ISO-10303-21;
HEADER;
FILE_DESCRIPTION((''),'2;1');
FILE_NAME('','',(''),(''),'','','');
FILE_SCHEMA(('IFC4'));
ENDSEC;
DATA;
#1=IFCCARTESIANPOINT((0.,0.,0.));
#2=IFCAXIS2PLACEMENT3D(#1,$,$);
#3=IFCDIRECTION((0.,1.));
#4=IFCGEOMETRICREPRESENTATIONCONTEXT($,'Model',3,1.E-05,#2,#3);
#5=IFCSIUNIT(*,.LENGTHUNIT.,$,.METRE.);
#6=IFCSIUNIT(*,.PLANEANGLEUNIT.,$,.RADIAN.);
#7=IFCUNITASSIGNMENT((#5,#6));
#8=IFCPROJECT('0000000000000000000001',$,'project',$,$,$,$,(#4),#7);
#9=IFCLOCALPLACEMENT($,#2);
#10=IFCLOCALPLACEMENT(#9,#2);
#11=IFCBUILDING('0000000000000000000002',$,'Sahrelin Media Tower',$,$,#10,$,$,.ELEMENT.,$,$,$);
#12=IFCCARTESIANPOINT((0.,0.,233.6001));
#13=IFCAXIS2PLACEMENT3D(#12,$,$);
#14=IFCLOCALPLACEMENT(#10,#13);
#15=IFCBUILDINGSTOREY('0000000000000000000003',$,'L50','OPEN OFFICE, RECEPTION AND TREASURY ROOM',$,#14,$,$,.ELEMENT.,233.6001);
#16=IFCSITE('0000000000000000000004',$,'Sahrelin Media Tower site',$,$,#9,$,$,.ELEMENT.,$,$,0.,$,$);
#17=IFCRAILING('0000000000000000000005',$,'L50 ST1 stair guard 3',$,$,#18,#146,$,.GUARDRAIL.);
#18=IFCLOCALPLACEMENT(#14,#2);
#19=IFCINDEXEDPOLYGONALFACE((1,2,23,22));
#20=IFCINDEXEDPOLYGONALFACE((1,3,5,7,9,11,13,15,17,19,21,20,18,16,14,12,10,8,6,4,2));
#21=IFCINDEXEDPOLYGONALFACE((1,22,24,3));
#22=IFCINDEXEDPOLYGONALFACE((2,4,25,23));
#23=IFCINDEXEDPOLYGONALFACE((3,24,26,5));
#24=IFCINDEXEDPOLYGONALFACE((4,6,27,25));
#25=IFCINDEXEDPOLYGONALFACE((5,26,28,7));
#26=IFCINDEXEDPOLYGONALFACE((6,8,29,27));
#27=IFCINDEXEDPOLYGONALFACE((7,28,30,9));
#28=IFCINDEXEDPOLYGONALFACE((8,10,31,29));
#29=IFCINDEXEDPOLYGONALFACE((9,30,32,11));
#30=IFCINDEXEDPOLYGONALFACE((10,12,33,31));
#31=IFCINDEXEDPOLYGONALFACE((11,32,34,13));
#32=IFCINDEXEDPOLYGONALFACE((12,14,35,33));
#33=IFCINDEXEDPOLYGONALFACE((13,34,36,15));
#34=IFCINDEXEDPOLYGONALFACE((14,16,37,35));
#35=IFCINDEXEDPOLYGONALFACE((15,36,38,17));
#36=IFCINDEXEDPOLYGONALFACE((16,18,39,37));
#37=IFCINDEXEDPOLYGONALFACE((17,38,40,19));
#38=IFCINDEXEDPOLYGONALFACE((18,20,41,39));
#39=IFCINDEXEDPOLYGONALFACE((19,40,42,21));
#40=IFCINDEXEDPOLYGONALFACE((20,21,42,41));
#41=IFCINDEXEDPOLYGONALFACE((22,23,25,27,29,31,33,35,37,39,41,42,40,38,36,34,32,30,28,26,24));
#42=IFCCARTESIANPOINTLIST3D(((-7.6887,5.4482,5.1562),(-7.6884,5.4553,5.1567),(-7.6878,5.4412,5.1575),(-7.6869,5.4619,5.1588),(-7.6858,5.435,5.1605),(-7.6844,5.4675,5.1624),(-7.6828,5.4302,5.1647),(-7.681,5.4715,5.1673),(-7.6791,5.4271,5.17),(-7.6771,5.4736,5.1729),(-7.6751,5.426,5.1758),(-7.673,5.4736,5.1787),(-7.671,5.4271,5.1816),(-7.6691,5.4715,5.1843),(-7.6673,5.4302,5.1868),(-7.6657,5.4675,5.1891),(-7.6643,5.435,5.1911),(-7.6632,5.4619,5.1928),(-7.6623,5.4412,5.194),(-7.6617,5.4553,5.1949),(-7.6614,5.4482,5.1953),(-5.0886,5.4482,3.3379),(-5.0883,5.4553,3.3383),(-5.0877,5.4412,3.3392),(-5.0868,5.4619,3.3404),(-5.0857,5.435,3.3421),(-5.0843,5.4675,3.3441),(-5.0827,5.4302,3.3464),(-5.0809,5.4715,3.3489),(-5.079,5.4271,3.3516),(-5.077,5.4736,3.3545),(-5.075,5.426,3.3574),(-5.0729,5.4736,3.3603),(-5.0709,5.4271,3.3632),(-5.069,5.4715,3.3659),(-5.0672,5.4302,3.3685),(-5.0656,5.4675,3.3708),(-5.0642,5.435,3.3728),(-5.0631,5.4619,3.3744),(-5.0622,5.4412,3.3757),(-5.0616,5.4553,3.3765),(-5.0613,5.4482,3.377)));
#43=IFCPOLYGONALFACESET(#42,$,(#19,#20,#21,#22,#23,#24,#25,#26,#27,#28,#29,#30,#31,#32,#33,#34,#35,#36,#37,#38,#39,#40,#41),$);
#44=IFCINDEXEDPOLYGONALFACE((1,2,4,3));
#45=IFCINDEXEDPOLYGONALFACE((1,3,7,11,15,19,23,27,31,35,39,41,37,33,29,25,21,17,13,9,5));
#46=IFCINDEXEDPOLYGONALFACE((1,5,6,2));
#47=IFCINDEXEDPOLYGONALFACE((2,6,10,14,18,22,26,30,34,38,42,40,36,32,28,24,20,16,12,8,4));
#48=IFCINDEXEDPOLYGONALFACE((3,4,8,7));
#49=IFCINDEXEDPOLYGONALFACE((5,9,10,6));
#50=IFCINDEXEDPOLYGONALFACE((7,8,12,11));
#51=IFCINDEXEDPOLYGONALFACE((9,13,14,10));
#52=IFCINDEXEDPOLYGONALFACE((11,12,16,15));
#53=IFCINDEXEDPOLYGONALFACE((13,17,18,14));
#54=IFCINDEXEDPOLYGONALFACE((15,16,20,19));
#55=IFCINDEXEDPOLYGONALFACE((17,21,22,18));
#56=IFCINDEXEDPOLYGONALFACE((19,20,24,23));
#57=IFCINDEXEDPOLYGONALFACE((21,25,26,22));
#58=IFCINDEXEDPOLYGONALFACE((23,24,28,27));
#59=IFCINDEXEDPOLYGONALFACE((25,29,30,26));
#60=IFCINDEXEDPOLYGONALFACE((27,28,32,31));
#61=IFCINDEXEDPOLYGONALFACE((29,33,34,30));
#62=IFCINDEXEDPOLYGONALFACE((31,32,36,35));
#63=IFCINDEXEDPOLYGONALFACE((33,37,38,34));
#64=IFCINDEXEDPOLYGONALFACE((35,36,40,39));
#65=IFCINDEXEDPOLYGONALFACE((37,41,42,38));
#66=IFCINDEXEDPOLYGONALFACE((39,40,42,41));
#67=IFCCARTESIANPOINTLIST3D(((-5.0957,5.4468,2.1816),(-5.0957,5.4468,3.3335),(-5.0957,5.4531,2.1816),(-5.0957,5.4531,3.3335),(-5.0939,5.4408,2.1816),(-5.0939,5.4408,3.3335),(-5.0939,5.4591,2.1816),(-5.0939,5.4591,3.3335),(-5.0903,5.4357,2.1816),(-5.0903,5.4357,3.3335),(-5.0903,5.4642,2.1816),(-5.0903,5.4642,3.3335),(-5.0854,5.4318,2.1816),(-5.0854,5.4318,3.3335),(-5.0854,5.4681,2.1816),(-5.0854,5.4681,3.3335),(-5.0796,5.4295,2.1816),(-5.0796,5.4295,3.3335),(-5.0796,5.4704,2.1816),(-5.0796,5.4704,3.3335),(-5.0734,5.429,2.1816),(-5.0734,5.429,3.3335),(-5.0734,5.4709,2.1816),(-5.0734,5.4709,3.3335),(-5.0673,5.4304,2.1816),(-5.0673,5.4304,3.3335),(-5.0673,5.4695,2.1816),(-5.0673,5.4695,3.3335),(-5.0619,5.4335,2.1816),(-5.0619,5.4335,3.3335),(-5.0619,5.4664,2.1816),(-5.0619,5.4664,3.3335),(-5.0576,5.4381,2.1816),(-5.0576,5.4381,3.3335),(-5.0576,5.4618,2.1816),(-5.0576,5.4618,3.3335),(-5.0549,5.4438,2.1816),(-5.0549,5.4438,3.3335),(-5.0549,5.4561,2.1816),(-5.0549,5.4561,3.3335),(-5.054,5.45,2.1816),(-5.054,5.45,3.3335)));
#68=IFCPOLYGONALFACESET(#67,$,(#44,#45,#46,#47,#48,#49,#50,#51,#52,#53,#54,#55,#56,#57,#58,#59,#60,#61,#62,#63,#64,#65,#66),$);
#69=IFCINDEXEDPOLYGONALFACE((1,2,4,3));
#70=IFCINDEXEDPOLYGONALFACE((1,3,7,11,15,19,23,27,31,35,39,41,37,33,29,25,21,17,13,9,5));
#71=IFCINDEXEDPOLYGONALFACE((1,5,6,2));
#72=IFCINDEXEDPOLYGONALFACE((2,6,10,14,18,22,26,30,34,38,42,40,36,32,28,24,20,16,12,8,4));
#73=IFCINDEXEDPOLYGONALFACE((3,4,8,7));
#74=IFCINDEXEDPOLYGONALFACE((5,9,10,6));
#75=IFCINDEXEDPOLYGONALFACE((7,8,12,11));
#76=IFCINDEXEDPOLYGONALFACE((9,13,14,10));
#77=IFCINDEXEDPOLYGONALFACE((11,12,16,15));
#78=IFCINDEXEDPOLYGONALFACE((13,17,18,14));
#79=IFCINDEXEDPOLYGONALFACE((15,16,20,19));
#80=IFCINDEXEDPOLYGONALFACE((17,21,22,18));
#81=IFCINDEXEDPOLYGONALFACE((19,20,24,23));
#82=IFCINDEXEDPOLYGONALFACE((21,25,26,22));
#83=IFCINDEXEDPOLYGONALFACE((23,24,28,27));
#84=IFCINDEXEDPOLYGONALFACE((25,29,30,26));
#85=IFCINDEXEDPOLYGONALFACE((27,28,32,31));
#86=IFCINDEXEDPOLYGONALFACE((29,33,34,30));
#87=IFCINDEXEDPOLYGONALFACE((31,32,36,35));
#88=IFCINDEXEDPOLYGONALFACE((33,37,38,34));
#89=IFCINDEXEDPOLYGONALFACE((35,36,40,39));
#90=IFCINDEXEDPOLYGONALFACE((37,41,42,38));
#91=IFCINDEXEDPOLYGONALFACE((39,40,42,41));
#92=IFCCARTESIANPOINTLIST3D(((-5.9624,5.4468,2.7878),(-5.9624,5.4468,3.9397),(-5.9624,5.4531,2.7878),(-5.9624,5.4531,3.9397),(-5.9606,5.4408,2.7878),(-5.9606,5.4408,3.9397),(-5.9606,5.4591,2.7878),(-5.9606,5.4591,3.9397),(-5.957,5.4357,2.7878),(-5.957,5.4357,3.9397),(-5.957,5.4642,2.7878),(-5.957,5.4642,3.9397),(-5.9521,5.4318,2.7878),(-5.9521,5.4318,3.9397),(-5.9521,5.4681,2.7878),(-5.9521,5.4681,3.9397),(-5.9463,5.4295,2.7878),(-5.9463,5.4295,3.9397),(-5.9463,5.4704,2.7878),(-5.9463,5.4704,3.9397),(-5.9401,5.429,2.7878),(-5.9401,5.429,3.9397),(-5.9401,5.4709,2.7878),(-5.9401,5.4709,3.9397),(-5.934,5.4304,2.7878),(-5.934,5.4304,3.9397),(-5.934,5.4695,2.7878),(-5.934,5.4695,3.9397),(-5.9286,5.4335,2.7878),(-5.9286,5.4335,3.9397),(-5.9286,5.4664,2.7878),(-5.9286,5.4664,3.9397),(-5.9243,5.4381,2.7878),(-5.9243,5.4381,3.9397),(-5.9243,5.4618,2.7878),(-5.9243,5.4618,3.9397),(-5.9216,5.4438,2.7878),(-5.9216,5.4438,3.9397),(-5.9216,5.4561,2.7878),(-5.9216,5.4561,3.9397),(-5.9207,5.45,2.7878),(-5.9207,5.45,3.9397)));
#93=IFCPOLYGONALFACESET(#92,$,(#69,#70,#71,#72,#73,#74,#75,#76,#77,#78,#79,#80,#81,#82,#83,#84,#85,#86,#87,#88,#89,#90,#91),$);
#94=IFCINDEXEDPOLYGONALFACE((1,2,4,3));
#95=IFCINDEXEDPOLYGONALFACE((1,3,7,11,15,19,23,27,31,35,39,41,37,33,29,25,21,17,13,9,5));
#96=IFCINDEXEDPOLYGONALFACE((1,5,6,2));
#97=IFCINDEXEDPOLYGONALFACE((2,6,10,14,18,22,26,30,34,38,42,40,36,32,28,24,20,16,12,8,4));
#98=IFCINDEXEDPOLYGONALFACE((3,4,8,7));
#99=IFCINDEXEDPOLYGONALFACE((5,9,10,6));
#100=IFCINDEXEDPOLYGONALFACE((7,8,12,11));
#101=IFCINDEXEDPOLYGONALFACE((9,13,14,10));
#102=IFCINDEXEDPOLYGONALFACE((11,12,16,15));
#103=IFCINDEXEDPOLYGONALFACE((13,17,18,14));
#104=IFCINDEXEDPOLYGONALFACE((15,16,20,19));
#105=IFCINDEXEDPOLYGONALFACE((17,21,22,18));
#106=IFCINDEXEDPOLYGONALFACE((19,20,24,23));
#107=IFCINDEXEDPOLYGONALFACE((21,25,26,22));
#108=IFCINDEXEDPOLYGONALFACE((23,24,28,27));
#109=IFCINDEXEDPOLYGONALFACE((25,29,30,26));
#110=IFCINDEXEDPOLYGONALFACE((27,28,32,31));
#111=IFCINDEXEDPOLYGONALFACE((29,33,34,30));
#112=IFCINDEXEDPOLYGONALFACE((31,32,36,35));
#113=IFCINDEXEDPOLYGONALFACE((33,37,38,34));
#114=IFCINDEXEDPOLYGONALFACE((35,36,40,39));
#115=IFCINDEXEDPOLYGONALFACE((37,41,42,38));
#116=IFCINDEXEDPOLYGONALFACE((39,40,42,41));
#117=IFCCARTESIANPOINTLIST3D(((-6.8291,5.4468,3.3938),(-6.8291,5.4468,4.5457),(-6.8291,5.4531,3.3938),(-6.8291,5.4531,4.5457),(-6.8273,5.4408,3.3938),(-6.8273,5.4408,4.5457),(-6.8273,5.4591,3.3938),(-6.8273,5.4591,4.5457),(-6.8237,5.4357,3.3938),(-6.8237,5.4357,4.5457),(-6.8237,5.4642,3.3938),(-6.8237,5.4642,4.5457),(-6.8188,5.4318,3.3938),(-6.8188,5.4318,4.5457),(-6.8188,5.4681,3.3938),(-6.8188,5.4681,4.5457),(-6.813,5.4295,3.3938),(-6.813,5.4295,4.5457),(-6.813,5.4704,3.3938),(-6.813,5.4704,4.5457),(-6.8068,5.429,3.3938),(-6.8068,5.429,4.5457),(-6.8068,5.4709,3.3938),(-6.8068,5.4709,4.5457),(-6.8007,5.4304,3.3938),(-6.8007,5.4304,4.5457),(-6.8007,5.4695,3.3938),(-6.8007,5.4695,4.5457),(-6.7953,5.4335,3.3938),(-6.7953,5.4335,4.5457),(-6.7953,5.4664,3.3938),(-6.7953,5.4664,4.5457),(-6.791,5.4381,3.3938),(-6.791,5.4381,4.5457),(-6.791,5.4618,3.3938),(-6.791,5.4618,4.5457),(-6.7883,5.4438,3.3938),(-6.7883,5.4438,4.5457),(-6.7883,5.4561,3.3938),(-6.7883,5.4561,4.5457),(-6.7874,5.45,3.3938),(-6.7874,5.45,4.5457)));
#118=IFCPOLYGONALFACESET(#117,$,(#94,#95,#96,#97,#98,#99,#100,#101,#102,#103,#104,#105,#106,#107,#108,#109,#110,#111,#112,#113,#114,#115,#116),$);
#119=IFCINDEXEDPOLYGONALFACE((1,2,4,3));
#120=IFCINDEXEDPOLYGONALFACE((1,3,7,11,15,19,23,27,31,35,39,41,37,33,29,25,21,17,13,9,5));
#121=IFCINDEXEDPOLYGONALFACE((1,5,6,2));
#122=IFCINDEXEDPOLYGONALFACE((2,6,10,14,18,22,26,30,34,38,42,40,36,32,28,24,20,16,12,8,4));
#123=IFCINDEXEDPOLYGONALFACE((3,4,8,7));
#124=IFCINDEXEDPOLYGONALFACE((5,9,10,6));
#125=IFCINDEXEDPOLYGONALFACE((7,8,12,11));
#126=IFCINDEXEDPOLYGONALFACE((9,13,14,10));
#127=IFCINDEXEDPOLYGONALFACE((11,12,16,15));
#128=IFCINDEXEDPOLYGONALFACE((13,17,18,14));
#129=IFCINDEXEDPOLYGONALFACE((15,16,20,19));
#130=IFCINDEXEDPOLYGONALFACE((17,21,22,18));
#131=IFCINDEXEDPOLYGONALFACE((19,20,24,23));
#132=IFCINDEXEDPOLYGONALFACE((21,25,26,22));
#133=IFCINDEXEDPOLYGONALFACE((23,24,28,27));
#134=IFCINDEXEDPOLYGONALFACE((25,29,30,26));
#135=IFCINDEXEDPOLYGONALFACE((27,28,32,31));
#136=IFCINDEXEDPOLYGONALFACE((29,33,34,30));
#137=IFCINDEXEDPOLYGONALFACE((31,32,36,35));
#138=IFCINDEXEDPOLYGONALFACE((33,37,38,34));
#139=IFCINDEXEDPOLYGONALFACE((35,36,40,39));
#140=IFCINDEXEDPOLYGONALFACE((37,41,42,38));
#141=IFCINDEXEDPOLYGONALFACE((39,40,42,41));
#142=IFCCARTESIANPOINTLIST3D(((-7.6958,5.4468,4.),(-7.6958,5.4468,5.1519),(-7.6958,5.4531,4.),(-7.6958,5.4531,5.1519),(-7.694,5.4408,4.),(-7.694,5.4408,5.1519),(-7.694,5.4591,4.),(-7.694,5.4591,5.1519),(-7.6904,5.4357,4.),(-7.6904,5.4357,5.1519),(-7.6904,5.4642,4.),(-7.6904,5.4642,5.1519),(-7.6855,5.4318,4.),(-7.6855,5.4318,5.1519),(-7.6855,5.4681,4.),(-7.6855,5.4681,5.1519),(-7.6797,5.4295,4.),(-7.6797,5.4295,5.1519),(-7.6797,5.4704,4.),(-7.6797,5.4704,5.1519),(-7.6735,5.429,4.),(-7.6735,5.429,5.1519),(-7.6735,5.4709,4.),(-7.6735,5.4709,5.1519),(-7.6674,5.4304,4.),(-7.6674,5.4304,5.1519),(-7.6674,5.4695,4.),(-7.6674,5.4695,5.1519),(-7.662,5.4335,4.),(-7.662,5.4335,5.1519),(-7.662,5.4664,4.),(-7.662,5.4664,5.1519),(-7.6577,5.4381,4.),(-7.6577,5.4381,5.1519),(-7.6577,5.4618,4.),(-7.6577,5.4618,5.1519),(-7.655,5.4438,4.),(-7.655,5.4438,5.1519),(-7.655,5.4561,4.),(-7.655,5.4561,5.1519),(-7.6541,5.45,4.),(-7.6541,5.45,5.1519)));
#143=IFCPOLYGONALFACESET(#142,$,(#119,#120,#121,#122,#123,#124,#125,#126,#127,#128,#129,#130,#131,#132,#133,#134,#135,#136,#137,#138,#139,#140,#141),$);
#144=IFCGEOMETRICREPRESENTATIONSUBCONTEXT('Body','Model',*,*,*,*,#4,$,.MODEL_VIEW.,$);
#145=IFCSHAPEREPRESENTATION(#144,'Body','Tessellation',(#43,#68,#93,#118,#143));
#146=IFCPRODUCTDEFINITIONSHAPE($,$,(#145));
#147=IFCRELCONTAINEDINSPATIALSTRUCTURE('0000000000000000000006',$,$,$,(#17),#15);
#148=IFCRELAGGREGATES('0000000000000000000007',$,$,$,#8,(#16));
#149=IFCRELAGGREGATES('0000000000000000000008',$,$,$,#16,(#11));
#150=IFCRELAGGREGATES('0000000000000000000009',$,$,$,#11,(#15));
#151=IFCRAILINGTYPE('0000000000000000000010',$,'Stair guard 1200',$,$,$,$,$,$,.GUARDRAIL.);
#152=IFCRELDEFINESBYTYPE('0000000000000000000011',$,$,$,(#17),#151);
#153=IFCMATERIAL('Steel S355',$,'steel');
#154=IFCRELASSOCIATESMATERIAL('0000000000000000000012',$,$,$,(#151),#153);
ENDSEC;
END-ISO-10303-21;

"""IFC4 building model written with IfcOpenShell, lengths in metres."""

from ifc_helpers import new_model, si_unit, direction, frame, origin, origin_2d, place, context, subcontext, project, spatial, circle, extrude, material, type_object, element, save


model = new_model("IFC4")

# Units and contexts
model_context = context("Model", 3, precision=1e-05, world=origin(), true_north=direction((0.0, 1.0)))
body_context = subcontext(model_context, "Body", "Model", "MODEL_VIEW")
ifc_project = project(units=[si_unit("LENGTHUNIT", "METRE"), si_unit("PLANEANGLEUNIT", "RADIAN")], contexts=[model_context])

# Site, building, storey
site_placement = place(None, origin())
site = spatial("IfcSite", under=ifc_project, at=site_placement, Name="Sahrelin Media Tower site", CompositionType="ELEMENT", RefElevation=0.0)
building_placement = place(site_placement, origin())
building = spatial("IfcBuilding", under=site, at=building_placement, Name="Sahrelin Media Tower", CompositionType="ELEMENT")
storey_placement = place(building_placement, frame((0.0, 0.0, 233.6001)))
storey = spatial("IfcBuildingStorey", under=building, at=storey_placement, Name="L50", Description="OPEN OFFICE, RECEPTION AND TREASURY ROOM", CompositionType="ELEMENT", Elevation=233.6001)

# Shared definitions
ifc_material_1 = material(Name="Steel S355", Category="steel")

# Railing
railing_type_1 = type_object("IfcRailingType", Name="Stair guard 1200", PredefinedType="GUARDRAIL", material=ifc_material_1)
railing_1_placement = place(storey_placement, frame((-5.075, 5.45, 2.1816)))
element("IfcRailing", 1, at=railing_1_placement, inside=storey, type_object=railing_type_1, Name="L50 ST1 stair guard 3", PredefinedType="GUARDRAIL", context=body_context, shape_type="SweptSolid", body=[
    extrude(circle(Radius=0.0239, at=origin_2d()), frame((0.0, 0.0, 1.1758), z_axis=(-0.819485, 0.0, 0.573101), x_axis=(0.0, -1.0, 0.0)), (0.0, 0.0, 1.0), 3.1729),
    extrude(circle(Radius=0.021, at=origin_2d()), origin(), (0.0, 0.0, 1.0), 1.1519),
    extrude(circle(Radius=0.021, at=origin_2d()), frame((-0.8667, 0.0, 0.6062)), (0.0, 0.0, 1.0), 1.1519),
    extrude(circle(Radius=0.021, at=origin_2d()), frame((-1.7334, 0.0, 1.2122)), (0.0, 0.0, 1.0), 1.1519),
    extrude(circle(Radius=0.021, at=origin_2d()), frame((-2.6001, 0.0, 1.8184)), (0.0, 0.0, 1.0), 1.1519),
])

save(model, "model.ifc")
